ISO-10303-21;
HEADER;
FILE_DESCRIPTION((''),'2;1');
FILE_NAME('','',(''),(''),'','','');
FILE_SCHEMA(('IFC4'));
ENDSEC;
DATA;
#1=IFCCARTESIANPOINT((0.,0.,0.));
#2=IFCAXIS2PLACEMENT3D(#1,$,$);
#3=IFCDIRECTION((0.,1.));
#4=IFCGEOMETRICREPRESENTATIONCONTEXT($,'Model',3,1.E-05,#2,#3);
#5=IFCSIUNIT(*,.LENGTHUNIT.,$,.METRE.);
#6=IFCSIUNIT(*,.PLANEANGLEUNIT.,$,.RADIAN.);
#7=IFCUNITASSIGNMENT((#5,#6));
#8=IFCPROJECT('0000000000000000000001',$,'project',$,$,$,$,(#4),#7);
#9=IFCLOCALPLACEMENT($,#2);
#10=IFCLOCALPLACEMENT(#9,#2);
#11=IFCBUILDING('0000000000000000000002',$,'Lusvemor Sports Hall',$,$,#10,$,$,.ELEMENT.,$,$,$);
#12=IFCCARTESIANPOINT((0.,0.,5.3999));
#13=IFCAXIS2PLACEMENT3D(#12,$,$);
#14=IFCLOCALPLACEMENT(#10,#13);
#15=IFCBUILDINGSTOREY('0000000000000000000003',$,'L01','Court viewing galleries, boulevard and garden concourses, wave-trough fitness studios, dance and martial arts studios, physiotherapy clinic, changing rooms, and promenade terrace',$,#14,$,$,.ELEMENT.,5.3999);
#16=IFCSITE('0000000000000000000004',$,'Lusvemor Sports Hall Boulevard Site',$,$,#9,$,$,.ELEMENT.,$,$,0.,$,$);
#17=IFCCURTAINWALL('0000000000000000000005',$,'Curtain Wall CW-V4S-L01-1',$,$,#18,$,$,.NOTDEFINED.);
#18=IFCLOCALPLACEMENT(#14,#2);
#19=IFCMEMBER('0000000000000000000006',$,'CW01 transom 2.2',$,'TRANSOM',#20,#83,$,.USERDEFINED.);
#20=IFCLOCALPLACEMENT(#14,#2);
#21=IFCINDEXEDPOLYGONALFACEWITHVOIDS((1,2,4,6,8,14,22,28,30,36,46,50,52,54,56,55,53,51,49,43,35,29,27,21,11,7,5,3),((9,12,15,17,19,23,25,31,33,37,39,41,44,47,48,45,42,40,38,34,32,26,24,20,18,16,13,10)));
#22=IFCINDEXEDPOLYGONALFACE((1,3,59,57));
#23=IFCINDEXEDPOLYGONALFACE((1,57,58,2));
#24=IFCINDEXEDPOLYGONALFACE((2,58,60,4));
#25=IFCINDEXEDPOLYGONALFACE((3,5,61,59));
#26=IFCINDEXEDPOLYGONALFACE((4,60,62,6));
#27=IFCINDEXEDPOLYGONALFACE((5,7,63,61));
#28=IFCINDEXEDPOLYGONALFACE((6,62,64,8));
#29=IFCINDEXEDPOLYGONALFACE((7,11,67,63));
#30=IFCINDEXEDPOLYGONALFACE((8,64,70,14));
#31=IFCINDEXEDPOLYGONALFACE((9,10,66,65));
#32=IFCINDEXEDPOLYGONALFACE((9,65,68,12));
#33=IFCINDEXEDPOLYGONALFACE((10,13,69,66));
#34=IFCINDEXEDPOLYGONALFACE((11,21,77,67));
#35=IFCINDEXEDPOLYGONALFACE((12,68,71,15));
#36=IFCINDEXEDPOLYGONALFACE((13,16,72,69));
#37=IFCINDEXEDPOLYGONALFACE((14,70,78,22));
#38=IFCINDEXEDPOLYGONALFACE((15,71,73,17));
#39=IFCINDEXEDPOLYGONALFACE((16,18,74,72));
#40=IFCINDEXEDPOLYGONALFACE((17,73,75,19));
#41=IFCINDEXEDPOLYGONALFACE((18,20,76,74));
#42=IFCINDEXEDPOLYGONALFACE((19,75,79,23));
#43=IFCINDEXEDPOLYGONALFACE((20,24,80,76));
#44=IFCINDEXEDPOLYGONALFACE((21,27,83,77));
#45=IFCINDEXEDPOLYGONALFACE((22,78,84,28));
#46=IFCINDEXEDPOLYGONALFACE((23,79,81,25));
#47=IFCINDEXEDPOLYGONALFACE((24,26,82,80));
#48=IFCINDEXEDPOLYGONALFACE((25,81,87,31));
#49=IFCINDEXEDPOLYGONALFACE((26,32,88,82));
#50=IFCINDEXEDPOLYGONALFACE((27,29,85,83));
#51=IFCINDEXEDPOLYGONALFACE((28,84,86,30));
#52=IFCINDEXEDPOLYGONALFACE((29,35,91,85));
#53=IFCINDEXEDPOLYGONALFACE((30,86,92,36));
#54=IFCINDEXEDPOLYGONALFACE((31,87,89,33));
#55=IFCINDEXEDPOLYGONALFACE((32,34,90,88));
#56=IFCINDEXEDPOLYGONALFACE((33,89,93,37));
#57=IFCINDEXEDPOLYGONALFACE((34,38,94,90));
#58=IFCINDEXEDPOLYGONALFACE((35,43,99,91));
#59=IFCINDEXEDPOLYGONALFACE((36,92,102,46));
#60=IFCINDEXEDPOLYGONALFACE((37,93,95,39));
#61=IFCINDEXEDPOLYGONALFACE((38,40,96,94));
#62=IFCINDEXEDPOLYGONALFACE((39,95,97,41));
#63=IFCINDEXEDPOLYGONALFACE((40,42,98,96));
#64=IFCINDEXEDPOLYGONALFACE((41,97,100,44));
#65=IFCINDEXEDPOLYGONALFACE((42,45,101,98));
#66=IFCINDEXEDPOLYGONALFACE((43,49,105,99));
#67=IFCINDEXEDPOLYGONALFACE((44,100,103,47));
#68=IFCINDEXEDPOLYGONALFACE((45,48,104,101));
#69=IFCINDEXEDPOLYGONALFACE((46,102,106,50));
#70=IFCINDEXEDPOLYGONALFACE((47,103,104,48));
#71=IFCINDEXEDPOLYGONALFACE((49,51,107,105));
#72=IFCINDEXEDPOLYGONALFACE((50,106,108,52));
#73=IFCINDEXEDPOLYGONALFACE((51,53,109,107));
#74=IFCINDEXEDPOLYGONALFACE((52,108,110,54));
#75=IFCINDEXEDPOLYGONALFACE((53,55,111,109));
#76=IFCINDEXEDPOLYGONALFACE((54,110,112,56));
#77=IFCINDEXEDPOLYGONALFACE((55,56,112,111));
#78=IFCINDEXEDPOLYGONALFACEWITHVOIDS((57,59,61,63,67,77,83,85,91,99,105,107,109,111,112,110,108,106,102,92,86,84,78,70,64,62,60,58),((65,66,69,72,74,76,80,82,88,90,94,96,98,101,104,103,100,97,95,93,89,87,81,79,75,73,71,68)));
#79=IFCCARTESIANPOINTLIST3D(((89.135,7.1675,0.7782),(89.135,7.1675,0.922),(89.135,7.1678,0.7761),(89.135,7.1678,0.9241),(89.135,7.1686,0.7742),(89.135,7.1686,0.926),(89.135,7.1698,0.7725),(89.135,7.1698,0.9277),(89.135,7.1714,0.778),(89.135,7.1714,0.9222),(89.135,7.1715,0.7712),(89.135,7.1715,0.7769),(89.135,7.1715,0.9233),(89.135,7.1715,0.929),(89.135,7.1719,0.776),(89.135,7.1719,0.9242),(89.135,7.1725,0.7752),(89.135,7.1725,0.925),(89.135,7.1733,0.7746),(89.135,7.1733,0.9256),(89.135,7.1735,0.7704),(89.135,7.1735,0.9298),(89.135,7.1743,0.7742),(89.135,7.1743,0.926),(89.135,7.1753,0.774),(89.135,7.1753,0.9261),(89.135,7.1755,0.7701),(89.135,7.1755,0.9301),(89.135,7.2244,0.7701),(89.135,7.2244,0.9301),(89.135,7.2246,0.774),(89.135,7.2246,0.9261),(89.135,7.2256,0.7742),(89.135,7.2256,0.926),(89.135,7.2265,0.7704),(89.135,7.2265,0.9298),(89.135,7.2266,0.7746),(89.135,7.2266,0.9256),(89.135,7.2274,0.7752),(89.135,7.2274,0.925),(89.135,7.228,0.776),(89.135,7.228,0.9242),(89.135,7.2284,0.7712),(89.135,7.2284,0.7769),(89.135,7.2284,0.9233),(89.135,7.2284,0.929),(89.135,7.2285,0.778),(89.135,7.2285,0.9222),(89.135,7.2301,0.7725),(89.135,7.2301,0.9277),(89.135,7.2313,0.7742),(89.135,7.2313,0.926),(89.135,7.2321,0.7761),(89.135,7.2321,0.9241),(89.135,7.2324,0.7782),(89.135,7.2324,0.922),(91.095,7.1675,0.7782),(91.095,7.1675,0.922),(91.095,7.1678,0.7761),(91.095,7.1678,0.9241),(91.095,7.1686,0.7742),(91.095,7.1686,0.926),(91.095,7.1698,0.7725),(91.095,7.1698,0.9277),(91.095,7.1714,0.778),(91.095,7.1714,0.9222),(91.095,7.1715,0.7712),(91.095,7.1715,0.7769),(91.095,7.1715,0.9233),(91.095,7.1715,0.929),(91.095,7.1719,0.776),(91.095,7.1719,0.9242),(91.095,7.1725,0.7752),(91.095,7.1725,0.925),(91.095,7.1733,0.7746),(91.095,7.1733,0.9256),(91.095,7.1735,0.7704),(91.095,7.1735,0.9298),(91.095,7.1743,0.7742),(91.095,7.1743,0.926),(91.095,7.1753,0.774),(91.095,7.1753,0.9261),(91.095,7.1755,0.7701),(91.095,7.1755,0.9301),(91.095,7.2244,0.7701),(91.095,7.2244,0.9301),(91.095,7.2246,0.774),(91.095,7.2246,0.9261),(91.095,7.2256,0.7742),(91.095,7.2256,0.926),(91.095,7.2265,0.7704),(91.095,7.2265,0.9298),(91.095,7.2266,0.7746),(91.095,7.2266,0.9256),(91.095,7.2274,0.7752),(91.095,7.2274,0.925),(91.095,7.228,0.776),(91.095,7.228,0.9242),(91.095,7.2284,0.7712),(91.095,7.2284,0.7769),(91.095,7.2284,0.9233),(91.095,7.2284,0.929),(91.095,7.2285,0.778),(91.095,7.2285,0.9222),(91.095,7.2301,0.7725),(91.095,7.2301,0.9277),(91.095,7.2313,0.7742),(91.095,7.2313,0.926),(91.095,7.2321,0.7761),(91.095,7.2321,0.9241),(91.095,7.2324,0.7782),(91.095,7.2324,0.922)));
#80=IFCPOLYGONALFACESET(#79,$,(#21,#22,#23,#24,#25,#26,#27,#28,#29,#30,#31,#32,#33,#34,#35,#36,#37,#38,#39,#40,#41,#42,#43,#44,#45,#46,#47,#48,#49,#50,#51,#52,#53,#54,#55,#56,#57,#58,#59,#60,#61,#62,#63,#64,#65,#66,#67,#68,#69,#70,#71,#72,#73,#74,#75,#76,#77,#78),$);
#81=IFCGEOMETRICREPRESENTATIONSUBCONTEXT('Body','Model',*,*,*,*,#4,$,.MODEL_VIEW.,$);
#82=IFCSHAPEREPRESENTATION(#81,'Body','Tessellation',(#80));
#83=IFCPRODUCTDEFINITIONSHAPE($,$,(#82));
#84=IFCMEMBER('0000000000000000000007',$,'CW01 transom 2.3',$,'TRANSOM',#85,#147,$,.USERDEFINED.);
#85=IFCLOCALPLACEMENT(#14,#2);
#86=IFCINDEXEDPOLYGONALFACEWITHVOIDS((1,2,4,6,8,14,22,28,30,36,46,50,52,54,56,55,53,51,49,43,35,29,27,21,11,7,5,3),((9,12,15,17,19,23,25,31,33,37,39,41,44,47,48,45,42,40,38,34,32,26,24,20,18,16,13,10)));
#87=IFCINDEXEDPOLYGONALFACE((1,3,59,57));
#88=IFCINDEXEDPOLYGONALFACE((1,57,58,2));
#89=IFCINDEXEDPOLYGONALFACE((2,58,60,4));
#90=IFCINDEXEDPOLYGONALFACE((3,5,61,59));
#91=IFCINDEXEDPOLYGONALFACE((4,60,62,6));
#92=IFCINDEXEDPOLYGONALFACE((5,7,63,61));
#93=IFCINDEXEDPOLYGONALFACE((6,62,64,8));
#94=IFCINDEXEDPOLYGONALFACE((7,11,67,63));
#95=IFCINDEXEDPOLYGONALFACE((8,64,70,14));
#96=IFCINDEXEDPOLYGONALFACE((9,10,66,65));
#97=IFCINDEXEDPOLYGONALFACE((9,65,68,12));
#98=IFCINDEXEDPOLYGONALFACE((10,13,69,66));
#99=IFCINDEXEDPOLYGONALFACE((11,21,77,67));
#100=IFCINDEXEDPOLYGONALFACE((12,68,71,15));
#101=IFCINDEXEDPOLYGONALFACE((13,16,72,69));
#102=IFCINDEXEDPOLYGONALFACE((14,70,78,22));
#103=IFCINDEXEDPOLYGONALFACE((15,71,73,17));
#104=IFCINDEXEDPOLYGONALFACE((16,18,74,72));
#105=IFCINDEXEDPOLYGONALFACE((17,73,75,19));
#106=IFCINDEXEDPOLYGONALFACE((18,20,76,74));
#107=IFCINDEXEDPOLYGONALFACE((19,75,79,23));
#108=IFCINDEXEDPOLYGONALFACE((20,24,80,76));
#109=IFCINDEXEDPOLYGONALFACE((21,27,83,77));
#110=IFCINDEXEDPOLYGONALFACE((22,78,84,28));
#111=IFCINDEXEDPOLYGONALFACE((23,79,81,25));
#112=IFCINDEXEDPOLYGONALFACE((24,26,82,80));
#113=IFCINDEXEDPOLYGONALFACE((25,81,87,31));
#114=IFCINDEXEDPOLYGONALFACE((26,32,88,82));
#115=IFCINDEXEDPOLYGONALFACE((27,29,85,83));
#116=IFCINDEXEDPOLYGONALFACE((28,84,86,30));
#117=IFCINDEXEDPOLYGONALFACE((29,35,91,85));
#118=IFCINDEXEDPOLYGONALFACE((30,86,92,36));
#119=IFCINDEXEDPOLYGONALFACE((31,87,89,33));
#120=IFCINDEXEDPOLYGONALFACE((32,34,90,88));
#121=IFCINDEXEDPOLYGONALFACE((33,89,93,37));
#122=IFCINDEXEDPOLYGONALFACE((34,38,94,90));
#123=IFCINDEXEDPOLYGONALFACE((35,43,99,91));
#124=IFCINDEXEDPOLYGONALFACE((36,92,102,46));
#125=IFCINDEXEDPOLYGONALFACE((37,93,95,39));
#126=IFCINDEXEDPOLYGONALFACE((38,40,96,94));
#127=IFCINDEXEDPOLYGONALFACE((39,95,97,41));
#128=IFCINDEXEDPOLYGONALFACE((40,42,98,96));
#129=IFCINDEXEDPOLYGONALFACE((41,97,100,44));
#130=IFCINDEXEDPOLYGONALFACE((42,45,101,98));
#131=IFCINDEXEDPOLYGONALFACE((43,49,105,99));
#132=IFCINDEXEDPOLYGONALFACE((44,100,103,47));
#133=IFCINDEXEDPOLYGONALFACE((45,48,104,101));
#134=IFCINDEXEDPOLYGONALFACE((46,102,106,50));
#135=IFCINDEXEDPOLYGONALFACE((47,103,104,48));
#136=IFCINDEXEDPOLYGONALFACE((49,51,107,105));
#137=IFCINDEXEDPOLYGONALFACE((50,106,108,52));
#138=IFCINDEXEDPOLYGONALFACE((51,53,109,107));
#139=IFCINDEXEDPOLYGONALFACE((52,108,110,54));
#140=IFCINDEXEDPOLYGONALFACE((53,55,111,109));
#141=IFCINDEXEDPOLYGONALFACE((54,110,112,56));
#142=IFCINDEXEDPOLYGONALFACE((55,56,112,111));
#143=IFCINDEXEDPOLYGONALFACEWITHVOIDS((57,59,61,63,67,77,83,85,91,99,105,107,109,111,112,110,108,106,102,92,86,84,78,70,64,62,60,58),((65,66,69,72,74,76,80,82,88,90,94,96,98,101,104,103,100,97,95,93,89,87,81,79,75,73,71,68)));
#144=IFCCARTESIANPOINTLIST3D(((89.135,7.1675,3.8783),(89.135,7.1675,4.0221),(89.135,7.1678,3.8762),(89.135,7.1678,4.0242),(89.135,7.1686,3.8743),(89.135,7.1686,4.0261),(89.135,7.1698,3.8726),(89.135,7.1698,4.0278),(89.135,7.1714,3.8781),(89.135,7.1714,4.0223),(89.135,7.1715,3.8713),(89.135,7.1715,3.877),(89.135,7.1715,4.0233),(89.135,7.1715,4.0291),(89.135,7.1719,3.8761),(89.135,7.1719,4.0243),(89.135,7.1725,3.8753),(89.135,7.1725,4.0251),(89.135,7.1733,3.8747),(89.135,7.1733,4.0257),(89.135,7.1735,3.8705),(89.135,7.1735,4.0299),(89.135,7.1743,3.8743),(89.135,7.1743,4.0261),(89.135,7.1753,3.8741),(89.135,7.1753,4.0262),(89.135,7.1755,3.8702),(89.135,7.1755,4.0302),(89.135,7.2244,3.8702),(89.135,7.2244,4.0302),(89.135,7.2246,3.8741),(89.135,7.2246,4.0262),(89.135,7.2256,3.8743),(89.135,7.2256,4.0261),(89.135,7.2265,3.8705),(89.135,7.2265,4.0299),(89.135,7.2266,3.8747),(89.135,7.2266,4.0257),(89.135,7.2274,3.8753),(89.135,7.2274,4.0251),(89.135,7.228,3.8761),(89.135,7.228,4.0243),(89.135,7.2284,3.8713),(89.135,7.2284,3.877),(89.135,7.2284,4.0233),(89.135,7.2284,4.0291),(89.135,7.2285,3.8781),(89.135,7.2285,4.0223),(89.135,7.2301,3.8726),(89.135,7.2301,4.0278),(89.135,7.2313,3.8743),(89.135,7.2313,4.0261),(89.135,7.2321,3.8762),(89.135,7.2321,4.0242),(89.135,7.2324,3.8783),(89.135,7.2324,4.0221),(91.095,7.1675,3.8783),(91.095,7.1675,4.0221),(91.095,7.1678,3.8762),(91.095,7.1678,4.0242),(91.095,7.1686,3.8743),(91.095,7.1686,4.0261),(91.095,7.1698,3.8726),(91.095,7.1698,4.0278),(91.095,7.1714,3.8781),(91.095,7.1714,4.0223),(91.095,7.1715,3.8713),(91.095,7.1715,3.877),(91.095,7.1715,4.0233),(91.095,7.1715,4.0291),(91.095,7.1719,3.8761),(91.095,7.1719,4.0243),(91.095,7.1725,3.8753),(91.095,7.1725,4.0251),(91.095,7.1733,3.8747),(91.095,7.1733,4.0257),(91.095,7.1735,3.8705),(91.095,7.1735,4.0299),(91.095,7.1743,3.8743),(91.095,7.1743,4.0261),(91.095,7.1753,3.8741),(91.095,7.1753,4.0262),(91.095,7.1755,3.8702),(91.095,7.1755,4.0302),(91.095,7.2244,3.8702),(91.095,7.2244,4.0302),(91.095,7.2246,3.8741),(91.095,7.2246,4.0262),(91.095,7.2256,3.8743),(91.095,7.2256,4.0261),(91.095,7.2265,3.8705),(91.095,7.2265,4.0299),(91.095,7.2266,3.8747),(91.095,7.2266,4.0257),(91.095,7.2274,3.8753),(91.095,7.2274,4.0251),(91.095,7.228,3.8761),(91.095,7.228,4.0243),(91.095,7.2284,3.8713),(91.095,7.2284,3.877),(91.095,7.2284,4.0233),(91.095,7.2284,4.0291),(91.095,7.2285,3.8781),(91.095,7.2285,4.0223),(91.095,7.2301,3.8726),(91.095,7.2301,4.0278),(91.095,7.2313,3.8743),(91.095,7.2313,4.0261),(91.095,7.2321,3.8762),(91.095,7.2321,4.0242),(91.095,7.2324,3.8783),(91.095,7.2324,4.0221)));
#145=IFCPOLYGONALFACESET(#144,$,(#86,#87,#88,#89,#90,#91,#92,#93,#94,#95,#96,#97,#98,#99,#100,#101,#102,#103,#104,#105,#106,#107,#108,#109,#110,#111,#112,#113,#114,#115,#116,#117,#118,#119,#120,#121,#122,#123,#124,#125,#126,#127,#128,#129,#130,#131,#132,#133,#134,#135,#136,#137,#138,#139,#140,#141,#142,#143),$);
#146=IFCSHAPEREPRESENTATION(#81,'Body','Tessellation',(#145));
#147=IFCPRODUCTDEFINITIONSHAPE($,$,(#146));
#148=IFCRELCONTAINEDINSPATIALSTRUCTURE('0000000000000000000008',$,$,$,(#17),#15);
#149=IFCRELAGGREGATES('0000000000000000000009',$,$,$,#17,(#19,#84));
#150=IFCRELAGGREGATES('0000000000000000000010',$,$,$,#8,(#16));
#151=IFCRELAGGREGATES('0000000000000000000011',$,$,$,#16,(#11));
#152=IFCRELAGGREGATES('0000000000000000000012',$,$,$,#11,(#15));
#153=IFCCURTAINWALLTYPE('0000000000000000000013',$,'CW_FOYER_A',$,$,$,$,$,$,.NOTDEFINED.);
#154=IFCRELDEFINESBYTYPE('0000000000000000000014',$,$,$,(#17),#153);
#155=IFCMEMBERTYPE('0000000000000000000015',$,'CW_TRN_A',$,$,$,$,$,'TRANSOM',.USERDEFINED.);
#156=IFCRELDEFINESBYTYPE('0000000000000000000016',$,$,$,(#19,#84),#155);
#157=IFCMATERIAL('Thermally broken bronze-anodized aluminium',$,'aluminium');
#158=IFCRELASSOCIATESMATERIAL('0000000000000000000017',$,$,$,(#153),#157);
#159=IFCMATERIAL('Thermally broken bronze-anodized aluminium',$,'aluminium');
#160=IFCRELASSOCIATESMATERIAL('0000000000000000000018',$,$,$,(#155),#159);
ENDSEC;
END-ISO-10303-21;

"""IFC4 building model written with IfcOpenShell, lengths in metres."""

from ifc_helpers import new_model, si_unit, direction, frame, origin, origin_2d, place, context, subcontext, project, spatial, hollow_rectangle, extrude, material, material_profile, profile_set, type_object, element, aggregate, save


model = new_model("IFC4")

# Units and contexts
model_context = context("Model", 3, precision=1e-05, world=origin(), true_north=direction((0.0, 1.0)))
body_context = subcontext(model_context, "Body", "Model", "MODEL_VIEW")
ifc_project = project(units=[si_unit("LENGTHUNIT", "METRE"), si_unit("PLANEANGLEUNIT", "RADIAN")], contexts=[model_context])

# Site, building, storey
site_placement = place(None, origin())
site = spatial("IfcSite", under=ifc_project, at=site_placement, Name="Lusvemor Sports Hall Boulevard Site", CompositionType="ELEMENT", RefElevation=0.0)
building_placement = place(site_placement, origin())
building = spatial("IfcBuilding", under=site, at=building_placement, Name="Lusvemor Sports Hall", CompositionType="ELEMENT")
storey_placement = place(building_placement, frame((0.0, 0.0, 5.3999)))
storey = spatial("IfcBuildingStorey", under=building, at=storey_placement, Name="L01", Description="Court viewing galleries, boulevard and garden concourses, wave-trough fitness studios, dance and martial arts studios, physiotherapy clinic, changing rooms, and promenade terrace", CompositionType="ELEMENT", Elevation=5.3999)

# Curtain wall, members
ifc_material_1 = material(Name="Thermally broken bronze-anodized aluminium", Category="aluminium")
curtain_wall_type = type_object("IfcCurtainWallType", Name="CW_FOYER_A", PredefinedType="NOTDEFINED", material=ifc_material_1)
curtain_wall_placement = place(storey_placement, origin())
curtain_wall = element("IfcCurtainWall", 1, at=curtain_wall_placement, inside=storey, type_object=curtain_wall_type, Name="Curtain Wall CW-V4S-L01-1", PredefinedType="NOTDEFINED")
ifc_material_2 = material(Name="Thermally broken bronze-anodized aluminium", Category="aluminium")
ifc_material_profile_1 = material_profile(ifc_material_2, hollow_rectangle(XDim=0.0649, YDim=0.1599, WallThickness=0.0039, InnerFilletRadius=0.0039, OuterFilletRadius=0.0081, at=origin_2d()), Name="CWTRN160x65x4")
ifc_profile_set_1 = profile_set([ifc_material_profile_1], Name="Thermally broken bronze-anodized aluminium")
member_type_1 = type_object("IfcMemberType", Name="CW_TRN_A", ElementType="TRANSOM", PredefinedType="USERDEFINED", material=ifc_profile_set_1)
member_1_placement = place(storey_placement, frame((91.095, 7.2, 0.8501), z_axis=(-1.0, 0.0, 0.0), x_axis=(0.0, -1.0, 0.0)))
member_1 = element("IfcMember", 2, at=member_1_placement, type_object=member_type_1, Name="CW01 transom 2.2", ObjectType="TRANSOM", PredefinedType="USERDEFINED", context=body_context, shape_type="SweptSolid", body=[
    extrude(hollow_rectangle(XDim=0.0649, YDim=0.1599, WallThickness=0.0039, InnerFilletRadius=0.0039, OuterFilletRadius=0.0081, at=origin_2d()), origin(), (0.0, 0.0, 1.0), 1.96),
])
member_2_placement = place(storey_placement, frame((91.095, 7.2, 3.9502), z_axis=(-1.0, 0.0, 0.0), x_axis=(0.0, -1.0, 0.0)))
member_2 = element("IfcMember", 3, at=member_2_placement, type_object=member_type_1, Name="CW01 transom 2.3", ObjectType="TRANSOM", PredefinedType="USERDEFINED", context=body_context, shape_type="SweptSolid", body=[
    extrude(hollow_rectangle(XDim=0.0649, YDim=0.1599, WallThickness=0.0039, InnerFilletRadius=0.0039, OuterFilletRadius=0.0081, at=origin_2d()), origin(), (0.0, 0.0, 1.0), 1.96),
])

aggregate(curtain_wall, [member_1, member_2])

save(model, "model.ifc")
